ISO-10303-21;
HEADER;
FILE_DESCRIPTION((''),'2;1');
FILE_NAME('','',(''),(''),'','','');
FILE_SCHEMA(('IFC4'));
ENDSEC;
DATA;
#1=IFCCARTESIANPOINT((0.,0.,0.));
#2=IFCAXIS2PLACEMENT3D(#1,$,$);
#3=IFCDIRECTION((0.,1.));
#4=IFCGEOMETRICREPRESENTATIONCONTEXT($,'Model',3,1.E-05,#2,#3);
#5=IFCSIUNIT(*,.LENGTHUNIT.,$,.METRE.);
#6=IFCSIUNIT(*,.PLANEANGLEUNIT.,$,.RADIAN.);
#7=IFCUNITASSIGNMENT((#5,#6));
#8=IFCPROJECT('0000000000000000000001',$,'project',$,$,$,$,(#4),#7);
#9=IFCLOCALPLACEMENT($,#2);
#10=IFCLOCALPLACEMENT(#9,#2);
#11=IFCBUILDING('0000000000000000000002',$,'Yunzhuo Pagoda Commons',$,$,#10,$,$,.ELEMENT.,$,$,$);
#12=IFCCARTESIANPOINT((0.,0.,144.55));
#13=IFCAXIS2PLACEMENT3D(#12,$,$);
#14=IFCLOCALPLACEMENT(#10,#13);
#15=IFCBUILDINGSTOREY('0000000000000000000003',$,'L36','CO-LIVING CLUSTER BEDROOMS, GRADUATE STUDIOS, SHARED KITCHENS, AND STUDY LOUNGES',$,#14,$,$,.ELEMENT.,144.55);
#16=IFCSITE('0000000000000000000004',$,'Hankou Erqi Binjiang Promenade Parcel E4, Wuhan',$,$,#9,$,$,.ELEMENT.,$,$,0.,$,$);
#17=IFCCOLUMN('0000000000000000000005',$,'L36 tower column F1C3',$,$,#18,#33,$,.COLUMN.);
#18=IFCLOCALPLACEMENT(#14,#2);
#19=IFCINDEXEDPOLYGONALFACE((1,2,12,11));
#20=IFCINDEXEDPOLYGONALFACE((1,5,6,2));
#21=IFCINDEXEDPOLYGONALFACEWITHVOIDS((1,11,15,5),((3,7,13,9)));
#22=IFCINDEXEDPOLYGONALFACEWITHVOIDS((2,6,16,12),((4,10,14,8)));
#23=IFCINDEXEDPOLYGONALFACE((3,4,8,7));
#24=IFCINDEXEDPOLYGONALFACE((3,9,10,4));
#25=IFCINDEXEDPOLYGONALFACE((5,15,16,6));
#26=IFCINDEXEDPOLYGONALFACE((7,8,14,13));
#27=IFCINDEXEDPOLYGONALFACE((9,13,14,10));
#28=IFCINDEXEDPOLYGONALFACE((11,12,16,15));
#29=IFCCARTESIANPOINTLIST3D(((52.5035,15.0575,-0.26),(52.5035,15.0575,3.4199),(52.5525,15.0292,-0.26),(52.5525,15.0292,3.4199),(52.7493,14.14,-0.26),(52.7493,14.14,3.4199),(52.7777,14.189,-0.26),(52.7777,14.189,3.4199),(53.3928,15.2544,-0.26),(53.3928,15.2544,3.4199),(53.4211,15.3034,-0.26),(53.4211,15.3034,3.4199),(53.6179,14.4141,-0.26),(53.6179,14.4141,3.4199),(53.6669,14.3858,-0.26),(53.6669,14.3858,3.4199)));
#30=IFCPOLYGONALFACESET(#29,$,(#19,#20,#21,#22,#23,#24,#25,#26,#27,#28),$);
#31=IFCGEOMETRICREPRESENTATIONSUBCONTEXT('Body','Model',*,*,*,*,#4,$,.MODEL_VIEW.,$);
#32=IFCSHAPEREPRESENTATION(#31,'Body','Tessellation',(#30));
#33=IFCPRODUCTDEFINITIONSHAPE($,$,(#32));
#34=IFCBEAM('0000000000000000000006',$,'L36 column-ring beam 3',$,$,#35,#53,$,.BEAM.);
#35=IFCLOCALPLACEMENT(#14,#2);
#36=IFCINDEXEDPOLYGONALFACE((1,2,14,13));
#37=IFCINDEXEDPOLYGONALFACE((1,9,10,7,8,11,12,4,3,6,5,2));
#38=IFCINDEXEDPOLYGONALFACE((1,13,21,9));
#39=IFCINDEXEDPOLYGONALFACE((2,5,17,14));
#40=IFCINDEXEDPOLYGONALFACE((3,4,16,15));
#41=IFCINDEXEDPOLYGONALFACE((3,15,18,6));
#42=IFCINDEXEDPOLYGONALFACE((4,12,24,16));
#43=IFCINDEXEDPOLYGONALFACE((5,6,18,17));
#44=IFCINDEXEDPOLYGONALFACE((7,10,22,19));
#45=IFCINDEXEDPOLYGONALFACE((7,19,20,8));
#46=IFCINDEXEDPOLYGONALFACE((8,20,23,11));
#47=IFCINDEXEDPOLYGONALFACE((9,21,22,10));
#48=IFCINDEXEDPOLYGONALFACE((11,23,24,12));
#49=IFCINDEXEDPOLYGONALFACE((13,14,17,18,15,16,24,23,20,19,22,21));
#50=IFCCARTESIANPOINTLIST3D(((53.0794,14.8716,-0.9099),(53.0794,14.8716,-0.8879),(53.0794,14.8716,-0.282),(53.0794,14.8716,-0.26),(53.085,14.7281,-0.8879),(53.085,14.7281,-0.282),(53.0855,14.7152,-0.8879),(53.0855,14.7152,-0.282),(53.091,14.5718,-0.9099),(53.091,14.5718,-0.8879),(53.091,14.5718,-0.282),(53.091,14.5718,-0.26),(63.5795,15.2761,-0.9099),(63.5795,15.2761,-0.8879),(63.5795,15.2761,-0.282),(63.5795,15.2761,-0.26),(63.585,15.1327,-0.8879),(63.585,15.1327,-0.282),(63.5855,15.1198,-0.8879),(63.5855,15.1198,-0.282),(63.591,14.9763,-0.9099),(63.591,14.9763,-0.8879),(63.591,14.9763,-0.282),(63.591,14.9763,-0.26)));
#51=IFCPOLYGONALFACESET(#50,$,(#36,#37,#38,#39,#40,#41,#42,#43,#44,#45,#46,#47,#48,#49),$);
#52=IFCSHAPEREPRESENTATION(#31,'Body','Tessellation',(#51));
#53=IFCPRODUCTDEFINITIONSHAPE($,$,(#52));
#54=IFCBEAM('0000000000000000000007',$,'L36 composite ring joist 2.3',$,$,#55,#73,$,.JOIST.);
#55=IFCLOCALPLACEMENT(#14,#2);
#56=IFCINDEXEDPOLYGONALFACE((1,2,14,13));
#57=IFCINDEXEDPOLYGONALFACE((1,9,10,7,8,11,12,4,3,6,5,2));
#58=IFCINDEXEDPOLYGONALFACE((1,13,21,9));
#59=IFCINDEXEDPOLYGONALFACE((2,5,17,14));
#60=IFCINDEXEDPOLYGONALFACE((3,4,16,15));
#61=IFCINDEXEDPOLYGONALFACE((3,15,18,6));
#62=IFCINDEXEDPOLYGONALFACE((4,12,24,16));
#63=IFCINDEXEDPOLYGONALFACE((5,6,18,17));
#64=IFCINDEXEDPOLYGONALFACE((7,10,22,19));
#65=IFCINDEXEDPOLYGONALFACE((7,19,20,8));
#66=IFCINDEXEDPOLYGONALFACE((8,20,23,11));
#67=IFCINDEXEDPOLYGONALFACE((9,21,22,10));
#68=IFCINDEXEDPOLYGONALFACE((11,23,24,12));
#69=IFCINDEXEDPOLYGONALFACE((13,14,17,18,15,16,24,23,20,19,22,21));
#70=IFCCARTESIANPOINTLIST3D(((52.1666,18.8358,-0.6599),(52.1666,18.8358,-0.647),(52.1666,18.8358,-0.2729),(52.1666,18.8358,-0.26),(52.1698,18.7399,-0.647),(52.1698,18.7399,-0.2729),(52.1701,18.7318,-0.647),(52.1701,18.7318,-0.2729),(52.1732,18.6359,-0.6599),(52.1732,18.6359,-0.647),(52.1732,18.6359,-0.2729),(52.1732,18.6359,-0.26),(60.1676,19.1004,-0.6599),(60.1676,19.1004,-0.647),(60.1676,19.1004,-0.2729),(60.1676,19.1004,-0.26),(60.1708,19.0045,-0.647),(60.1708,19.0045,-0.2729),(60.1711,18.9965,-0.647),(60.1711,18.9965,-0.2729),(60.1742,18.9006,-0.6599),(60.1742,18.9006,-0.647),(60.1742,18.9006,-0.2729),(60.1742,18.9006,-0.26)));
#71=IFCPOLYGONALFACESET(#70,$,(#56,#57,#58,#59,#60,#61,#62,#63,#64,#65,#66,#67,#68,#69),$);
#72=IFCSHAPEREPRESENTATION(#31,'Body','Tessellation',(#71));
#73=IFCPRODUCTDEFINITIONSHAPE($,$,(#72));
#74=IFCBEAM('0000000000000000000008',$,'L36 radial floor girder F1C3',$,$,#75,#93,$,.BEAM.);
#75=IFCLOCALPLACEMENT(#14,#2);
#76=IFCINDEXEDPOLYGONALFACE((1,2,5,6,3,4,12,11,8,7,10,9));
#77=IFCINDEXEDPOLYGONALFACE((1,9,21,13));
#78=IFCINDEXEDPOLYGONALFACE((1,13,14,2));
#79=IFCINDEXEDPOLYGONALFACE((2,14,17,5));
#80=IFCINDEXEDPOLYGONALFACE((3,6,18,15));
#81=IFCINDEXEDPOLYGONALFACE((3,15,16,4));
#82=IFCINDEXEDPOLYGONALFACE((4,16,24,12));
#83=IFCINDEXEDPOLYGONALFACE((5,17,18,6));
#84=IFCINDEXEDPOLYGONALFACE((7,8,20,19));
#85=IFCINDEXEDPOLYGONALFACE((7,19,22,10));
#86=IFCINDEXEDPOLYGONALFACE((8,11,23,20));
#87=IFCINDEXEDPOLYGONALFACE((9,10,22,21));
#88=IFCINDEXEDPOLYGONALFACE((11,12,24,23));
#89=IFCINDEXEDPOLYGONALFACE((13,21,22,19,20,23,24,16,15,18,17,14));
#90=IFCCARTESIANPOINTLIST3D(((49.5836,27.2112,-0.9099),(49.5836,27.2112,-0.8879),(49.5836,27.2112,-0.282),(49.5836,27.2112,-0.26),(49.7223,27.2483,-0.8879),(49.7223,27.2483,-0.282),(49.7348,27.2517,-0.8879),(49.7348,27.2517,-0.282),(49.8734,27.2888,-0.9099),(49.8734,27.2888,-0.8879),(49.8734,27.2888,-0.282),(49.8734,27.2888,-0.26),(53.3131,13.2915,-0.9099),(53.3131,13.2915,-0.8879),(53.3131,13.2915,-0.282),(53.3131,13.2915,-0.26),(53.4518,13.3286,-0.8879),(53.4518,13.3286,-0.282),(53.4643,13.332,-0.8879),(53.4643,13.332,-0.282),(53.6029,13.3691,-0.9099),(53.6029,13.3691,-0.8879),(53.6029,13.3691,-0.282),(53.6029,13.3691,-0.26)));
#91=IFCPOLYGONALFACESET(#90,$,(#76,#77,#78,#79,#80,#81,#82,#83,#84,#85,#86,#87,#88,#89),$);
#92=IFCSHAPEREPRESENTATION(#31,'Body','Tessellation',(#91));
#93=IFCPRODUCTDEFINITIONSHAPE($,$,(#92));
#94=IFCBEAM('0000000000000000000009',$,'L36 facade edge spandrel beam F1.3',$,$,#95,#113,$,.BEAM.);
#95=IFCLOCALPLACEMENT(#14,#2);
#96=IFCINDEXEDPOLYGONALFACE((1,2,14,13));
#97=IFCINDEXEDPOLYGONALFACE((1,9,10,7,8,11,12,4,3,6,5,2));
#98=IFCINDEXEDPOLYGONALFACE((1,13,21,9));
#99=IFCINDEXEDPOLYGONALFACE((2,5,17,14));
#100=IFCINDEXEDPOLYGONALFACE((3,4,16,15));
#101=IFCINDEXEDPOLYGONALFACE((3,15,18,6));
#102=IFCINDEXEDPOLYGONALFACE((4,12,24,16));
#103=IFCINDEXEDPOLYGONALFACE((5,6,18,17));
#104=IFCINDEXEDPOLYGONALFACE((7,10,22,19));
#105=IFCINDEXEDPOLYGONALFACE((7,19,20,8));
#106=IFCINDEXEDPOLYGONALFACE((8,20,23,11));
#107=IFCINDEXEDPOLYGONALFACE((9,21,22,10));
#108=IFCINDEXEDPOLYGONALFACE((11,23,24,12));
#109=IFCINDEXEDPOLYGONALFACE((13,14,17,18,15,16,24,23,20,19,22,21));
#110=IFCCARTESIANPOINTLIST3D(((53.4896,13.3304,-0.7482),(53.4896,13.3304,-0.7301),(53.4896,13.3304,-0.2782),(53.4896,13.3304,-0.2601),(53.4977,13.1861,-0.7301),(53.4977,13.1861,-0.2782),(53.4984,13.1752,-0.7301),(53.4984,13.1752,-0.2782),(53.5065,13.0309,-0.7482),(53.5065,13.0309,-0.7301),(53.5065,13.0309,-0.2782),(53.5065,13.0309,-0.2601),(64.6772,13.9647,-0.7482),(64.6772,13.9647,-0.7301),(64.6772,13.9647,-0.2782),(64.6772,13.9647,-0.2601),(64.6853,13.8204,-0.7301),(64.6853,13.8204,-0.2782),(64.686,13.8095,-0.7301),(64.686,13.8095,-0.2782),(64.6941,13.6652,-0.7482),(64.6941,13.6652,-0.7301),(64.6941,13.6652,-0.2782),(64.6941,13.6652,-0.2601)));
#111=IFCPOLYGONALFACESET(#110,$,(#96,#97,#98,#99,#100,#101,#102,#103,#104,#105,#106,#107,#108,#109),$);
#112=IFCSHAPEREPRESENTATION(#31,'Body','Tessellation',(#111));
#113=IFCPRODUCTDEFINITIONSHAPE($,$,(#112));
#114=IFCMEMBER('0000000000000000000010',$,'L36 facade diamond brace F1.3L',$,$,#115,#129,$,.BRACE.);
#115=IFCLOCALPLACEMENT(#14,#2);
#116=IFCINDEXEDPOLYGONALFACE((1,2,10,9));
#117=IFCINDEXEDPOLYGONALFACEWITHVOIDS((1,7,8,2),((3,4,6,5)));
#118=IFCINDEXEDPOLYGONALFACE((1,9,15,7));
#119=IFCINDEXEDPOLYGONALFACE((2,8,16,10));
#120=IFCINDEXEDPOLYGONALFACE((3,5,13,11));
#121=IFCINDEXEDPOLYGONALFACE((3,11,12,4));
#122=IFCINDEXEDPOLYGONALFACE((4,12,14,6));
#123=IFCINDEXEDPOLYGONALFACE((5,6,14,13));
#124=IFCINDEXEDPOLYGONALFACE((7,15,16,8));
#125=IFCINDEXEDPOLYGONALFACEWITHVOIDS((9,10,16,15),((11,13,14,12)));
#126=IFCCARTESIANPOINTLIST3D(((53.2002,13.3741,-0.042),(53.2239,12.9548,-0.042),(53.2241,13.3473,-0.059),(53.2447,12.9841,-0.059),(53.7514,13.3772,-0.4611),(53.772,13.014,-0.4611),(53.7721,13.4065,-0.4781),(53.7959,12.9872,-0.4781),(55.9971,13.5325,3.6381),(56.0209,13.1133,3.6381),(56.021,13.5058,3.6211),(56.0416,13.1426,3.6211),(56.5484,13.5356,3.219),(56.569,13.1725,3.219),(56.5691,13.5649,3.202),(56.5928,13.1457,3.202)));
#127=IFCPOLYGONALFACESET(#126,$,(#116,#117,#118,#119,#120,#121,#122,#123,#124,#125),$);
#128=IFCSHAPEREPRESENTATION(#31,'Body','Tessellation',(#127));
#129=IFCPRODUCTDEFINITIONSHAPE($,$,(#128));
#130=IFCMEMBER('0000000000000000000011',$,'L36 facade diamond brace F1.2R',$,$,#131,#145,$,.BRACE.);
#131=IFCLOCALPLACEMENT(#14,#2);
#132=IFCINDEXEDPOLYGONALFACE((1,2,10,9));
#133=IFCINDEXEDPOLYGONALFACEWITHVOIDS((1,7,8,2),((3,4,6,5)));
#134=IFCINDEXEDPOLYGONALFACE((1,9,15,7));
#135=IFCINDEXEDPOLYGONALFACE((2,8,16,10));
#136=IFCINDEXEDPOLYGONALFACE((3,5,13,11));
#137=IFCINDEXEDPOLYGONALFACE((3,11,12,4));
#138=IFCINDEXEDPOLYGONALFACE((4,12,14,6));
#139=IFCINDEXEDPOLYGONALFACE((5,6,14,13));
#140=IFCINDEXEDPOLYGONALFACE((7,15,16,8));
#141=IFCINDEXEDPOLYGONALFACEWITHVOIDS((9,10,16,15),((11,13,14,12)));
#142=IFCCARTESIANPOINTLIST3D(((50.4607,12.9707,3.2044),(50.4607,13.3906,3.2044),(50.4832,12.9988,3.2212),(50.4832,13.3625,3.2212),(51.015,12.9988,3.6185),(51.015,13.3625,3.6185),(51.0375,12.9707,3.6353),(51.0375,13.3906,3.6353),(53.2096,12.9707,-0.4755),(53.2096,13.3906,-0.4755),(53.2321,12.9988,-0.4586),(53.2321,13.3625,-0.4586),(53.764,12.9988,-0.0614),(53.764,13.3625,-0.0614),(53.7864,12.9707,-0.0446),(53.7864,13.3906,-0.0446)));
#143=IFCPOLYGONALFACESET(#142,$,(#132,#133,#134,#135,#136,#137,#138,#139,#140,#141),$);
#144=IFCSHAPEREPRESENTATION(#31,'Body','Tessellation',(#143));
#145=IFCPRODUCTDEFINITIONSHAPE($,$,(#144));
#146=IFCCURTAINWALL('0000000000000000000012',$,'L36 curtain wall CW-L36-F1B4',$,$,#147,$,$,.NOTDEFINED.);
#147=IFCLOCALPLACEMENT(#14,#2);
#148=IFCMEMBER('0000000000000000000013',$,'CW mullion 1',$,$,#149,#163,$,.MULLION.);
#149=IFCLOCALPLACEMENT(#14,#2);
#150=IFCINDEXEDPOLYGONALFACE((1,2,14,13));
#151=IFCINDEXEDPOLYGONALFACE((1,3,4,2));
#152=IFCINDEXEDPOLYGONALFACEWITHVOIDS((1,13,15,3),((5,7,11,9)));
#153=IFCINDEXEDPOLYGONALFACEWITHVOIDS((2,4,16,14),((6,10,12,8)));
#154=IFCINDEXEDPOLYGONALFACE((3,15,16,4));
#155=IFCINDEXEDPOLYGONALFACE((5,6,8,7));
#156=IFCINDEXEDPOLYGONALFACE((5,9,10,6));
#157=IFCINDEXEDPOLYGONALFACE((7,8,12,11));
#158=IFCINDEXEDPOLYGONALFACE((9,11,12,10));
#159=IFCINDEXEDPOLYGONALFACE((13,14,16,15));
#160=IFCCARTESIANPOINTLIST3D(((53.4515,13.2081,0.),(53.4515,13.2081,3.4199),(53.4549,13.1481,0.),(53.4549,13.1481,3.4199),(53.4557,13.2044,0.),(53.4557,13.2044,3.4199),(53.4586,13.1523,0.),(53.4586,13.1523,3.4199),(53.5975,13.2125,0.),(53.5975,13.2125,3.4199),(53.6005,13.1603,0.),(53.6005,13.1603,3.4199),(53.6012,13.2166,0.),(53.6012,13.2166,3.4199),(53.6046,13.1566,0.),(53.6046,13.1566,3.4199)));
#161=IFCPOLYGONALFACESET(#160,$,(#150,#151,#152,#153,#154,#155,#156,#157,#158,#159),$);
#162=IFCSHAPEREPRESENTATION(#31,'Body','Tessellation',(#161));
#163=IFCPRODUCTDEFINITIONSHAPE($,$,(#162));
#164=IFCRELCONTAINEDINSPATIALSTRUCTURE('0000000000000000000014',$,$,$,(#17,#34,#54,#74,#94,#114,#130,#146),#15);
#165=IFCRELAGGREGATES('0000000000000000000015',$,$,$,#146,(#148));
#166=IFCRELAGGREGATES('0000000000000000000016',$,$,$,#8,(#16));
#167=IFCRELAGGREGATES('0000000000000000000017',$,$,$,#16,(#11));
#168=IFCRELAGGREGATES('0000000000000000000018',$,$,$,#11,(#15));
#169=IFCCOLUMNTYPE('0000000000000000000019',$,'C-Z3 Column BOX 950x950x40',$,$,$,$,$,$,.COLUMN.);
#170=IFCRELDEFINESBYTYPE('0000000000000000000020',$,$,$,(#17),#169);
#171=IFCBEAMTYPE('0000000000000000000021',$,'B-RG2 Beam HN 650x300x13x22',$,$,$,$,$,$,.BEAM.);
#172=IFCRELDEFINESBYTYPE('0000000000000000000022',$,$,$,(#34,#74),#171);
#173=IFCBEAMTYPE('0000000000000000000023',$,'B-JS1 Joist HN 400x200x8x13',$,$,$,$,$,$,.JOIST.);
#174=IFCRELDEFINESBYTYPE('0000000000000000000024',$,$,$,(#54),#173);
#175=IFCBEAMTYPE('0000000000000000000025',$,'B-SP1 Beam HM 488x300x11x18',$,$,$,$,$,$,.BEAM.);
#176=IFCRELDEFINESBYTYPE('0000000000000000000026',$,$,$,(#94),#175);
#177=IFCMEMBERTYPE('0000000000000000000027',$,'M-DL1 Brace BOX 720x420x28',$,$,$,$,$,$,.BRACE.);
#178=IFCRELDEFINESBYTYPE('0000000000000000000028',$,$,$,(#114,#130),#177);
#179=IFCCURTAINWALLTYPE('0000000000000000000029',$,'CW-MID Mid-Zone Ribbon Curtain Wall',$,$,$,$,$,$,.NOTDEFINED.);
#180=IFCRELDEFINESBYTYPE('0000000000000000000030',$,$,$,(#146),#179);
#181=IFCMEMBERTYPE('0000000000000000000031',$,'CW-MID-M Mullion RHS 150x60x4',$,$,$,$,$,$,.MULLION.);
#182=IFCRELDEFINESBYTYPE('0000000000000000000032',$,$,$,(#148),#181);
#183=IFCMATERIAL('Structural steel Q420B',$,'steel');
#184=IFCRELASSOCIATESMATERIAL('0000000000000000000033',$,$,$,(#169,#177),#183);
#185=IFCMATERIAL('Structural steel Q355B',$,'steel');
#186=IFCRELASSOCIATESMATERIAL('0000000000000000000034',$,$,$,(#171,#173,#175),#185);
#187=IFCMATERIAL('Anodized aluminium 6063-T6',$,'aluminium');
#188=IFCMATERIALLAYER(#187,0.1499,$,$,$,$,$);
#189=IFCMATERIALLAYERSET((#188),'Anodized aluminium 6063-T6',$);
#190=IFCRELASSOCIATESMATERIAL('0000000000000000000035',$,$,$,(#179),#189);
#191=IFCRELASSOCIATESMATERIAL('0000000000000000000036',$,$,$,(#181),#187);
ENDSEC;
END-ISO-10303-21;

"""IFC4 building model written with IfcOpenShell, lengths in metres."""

from ifc_helpers import new_model, si_unit, direction, frame, origin, origin_2d, place, context, subcontext, project, spatial, hollow_rectangle, i_section, extrude, source, transform, mapped, material, layer, layer_set, material_profile, profile_set, type_object, element, aggregate, save


model = new_model("IFC4")

# Units and contexts
model_context = context("Model", 3, precision=1e-05, world=origin(), true_north=direction((0.0, 1.0)))
body_context = subcontext(model_context, "Body", "Model", "MODEL_VIEW")
ifc_project = project(units=[si_unit("LENGTHUNIT", "METRE"), si_unit("PLANEANGLEUNIT", "RADIAN")], contexts=[model_context])

# Site, building, storey
site_placement = place(None, origin())
site = spatial("IfcSite", under=ifc_project, at=site_placement, Name="Hankou Erqi Binjiang Promenade Parcel E4, Wuhan", CompositionType="ELEMENT", RefElevation=0.0)
building_placement = place(site_placement, origin())
building = spatial("IfcBuilding", under=site, at=building_placement, Name="Yunzhuo Pagoda Commons", CompositionType="ELEMENT")
storey_placement = place(building_placement, frame((0.0, 0.0, 144.55)))
storey = spatial("IfcBuildingStorey", under=building, at=storey_placement, Name="L36", Description="CO-LIVING CLUSTER BEDROOMS, GRADUATE STUDIOS, SHARED KITCHENS, AND STUDY LOUNGES", CompositionType="ELEMENT", Elevation=144.55)

# Column
ifc_material_1 = material(Name="Structural steel Q420B", Category="steel")
ifc_material_profile_1 = material_profile(ifc_material_1, hollow_rectangle(XDim=0.95, YDim=0.95, WallThickness=0.04, at=origin_2d()), Name="Structural steel Q420B")
ifc_profile_set_1 = profile_set([ifc_material_profile_1], Name="Structural steel Q420B")
column_type = type_object("IfcColumnType", Name="C-Z3 Column BOX 950x950x40", PredefinedType="COLUMN", material=ifc_profile_set_1)
shared_shape_1 = source(origin(), body_context, "Body", "SweptSolid", [
    extrude(hollow_rectangle(XDim=0.95, YDim=0.95, WallThickness=0.04, at=origin_2d()), origin(), (0.0, 0.0, 1.0), 3.6799),
])
column_placement = place(storey_placement, frame((53.0852, 14.7217, -0.26), z_axis=(0.0, 0.0, 1.0), x_axis=(0.965926, 0.258819, 0.0)))
element("IfcColumn", 1, at=column_placement, inside=storey, type_object=column_type, Name="L36 tower column F1C3", PredefinedType="COLUMN", context=body_context, shape_type="MappedRepresentation", body=[
    mapped(shared_shape_1, transform((0.0, 0.0, 0.0), scale=1.0)),
])

# Beams
ifc_material_2 = material(Name="Structural steel Q355B", Category="steel")
ifc_material_profile_2 = material_profile(ifc_material_2, i_section(OverallWidth=0.3, OverallDepth=0.6499, WebThickness=0.0129, FlangeThickness=0.022, at=origin_2d()), Name="Structural steel Q355B")
ifc_profile_set_2 = profile_set([ifc_material_profile_2], Name="Structural steel Q355B")
beam_type_1 = type_object("IfcBeamType", Name="B-RG2 Beam HN 650x300x13x22", PredefinedType="BEAM", material=ifc_profile_set_2)
shared_shape_2 = source(origin(), body_context, "Body", "SweptSolid", [
    extrude(i_section(OverallWidth=0.3, OverallDepth=0.6499, WebThickness=0.0129, FlangeThickness=0.022, at=origin_2d()), origin(), (0.0, 0.0, 1.0), 10.5078),
])
beam_1_placement = place(storey_placement, frame((53.0852, 14.7217, -0.585), z_axis=(0.999259, 0.038499, 0.0), x_axis=(-0.038499, 0.999259, 0.0)))
element("IfcBeam", 2, at=beam_1_placement, inside=storey, type_object=beam_type_1, Name="L36 column-ring beam 3", PredefinedType="BEAM", context=body_context, shape_type="MappedRepresentation", body=[
    mapped(shared_shape_2, transform((0.0, 0.0, 0.0), scale=1.0)),
])
ifc_material_profile_3 = material_profile(ifc_material_2, i_section(OverallWidth=0.2, OverallDepth=0.3999, WebThickness=0.0081, FlangeThickness=0.0129, at=origin_2d()), Name="Structural steel Q355B")
ifc_profile_set_3 = profile_set([ifc_material_profile_3], Name="Structural steel Q355B")
beam_type_2 = type_object("IfcBeamType", Name="B-JS1 Joist HN 400x200x8x13", PredefinedType="JOIST", material=ifc_profile_set_3)
shared_shape_3 = source(origin(), body_context, "Body", "SweptSolid", [
    extrude(i_section(OverallWidth=0.2, OverallDepth=0.3999, WebThickness=0.0081, FlangeThickness=0.0129, at=origin_2d()), origin(), (0.0, 0.0, 1.0), 8.0054),
])
beam_2_placement = place(storey_placement, frame((52.1699, 18.7358, -0.46), z_axis=(0.999453, 0.033059, 0.0), x_axis=(-0.033059, 0.999453, 0.0)))
element("IfcBeam", 3, at=beam_2_placement, inside=storey, type_object=beam_type_2, Name="L36 composite ring joist 2.3", PredefinedType="JOIST", context=body_context, shape_type="MappedRepresentation", body=[
    mapped(shared_shape_3, transform((0.0, 0.0, 0.0), scale=1.0)),
])
shared_shape_4 = source(origin(), body_context, "Body", "SweptSolid", [
    extrude(i_section(OverallWidth=0.3, OverallDepth=0.6499, WebThickness=0.0129, FlangeThickness=0.022, at=origin_2d()), origin(), (0.0, 0.0, 1.0), 14.4106),
])
beam_3_placement = place(storey_placement, frame((53.458, 13.3303, -0.585), z_axis=(-0.258801, 0.965931, 0.0), x_axis=(-0.965931, -0.258801, 0.0)))
element("IfcBeam", 4, at=beam_3_placement, inside=storey, type_object=beam_type_1, Name="L36 radial floor girder F1C3", PredefinedType="BEAM", context=body_context, shape_type="MappedRepresentation", body=[
    mapped(shared_shape_4, transform((0.0, 0.0, 0.0), scale=1.0)),
])
ifc_material_profile_4 = material_profile(ifc_material_2, i_section(OverallWidth=0.3, OverallDepth=0.488, WebThickness=0.011, FlangeThickness=0.0181, at=origin_2d()), Name="Structural steel Q355B")
ifc_profile_set_4 = profile_set([ifc_material_profile_4], Name="Structural steel Q355B")
beam_type_3 = type_object("IfcBeamType", Name="B-SP1 Beam HM 488x300x11x18", PredefinedType="BEAM", material=ifc_profile_set_4)
shared_shape_5 = source(origin(), body_context, "Body", "SweptSolid", [
    extrude(i_section(OverallWidth=0.3, OverallDepth=0.488, WebThickness=0.011, FlangeThickness=0.0181, at=origin_2d()), origin(), (0.0, 0.0, 1.0), 11.2056),
])
beam_4_placement = place(storey_placement, frame((53.498, 13.1807, -0.5042), z_axis=(0.998397, 0.056604, 0.0), x_axis=(-0.056604, 0.998397, 0.0)))
element("IfcBeam", 5, at=beam_4_placement, inside=storey, type_object=beam_type_3, Name="L36 facade edge spandrel beam F1.3", PredefinedType="BEAM", context=body_context, shape_type="MappedRepresentation", body=[
    mapped(shared_shape_5, transform((0.0, 0.0, 0.0), scale=1.0)),
])

# Members
ifc_material_profile_5 = material_profile(ifc_material_1, hollow_rectangle(XDim=0.4199, YDim=0.72, WallThickness=0.0281, at=origin_2d()), Name="Structural steel Q420B")
ifc_profile_set_5 = profile_set([ifc_material_profile_5], Name="Structural steel Q420B")
member_type_1 = type_object("IfcMemberType", Name="M-DL1 Brace BOX 720x420x28", PredefinedType="BRACE", material=ifc_profile_set_5)
shared_shape_6 = source(origin(), body_context, "Body", "SweptSolid", [
    extrude(hollow_rectangle(XDim=0.4199, YDim=0.72, WallThickness=0.0281, at=origin_2d()), origin(), (0.0, 0.0, 1.0), 4.625),
])
member_1_placement = place(storey_placement, frame((53.498, 13.1807, -0.26), z_axis=(0.604745, 0.03426, 0.795682), x_axis=(-0.056561, 0.998399, 0.0)))
element("IfcMember", 6, at=member_1_placement, inside=storey, type_object=member_type_1, Name="L36 facade diamond brace F1.3L", PredefinedType="BRACE", context=body_context, shape_type="MappedRepresentation", body=[
    mapped(shared_shape_6, transform((0.0, 0.0, 0.0), scale=1.0)),
])
shared_shape_7 = source(origin(), body_context, "Body", "SweptSolid", [
    extrude(hollow_rectangle(XDim=0.4199, YDim=0.72, WallThickness=0.0281, at=origin_2d()), origin(), (0.0, 0.0, 1.0), 4.5933),
])
member_2_placement = place(storey_placement, frame((53.498, 13.1807, -0.26), z_axis=(-0.598477, 0.0, 0.80114), x_axis=(0.0, -1.0, 0.0)))
element("IfcMember", 7, at=member_2_placement, inside=storey, type_object=member_type_1, Name="L36 facade diamond brace F1.2R", PredefinedType="BRACE", context=body_context, shape_type="MappedRepresentation", body=[
    mapped(shared_shape_7, transform((0.0, 0.0, 0.0), scale=1.0)),
])

# Curtain wall, member
ifc_material_3 = material(Name="Anodized aluminium 6063-T6", Category="aluminium")
ifc_layer_1 = layer(ifc_material_3, 0.1499)
ifc_layer_set_1 = layer_set([ifc_layer_1], Name="Anodized aluminium 6063-T6")
curtain_wall_type = type_object("IfcCurtainWallType", Name="CW-MID Mid-Zone Ribbon Curtain Wall", PredefinedType="NOTDEFINED", material=ifc_layer_set_1)
curtain_wall_1_placement = place(storey_placement, origin())
curtain_wall_1 = element("IfcCurtainWall", 8, at=curtain_wall_1_placement, inside=storey, type_object=curtain_wall_type, Name="L36 curtain wall CW-L36-F1B4", PredefinedType="NOTDEFINED")
ifc_material_profile_6 = material_profile(ifc_material_3, hollow_rectangle(XDim=0.0601, YDim=0.1499, WallThickness=0.0039, at=origin_2d()), Name="Anodized aluminium 6063-T6")
ifc_profile_set_6 = profile_set([ifc_material_profile_6], Name="Anodized aluminium 6063-T6")
member_type_2 = type_object("IfcMemberType", Name="CW-MID-M Mullion RHS 150x60x4", PredefinedType="MULLION", material=ifc_profile_set_6)
shared_shape_8 = source(origin(), body_context, "Body", "SweptSolid", [
    extrude(hollow_rectangle(XDim=0.0601, YDim=0.1499, WallThickness=0.0039, at=origin_2d()), origin(), (0.0, 0.0, 1.0), 3.4199),
])
member_3_placement = place(storey_placement, frame((53.5281, 13.1824, 0.0), z_axis=(0.0, 0.0, 1.0), x_axis=(-0.056597, 0.998397, 0.0)))
member_3 = element("IfcMember", 9, at=member_3_placement, type_object=member_type_2, Name="CW mullion 1", PredefinedType="MULLION", context=body_context, shape_type="MappedRepresentation", body=[
    mapped(shared_shape_8, transform((0.0, 0.0, 0.0), scale=1.0)),
])

aggregate(curtain_wall_1, [member_3])

save(model, "model.ifc")
